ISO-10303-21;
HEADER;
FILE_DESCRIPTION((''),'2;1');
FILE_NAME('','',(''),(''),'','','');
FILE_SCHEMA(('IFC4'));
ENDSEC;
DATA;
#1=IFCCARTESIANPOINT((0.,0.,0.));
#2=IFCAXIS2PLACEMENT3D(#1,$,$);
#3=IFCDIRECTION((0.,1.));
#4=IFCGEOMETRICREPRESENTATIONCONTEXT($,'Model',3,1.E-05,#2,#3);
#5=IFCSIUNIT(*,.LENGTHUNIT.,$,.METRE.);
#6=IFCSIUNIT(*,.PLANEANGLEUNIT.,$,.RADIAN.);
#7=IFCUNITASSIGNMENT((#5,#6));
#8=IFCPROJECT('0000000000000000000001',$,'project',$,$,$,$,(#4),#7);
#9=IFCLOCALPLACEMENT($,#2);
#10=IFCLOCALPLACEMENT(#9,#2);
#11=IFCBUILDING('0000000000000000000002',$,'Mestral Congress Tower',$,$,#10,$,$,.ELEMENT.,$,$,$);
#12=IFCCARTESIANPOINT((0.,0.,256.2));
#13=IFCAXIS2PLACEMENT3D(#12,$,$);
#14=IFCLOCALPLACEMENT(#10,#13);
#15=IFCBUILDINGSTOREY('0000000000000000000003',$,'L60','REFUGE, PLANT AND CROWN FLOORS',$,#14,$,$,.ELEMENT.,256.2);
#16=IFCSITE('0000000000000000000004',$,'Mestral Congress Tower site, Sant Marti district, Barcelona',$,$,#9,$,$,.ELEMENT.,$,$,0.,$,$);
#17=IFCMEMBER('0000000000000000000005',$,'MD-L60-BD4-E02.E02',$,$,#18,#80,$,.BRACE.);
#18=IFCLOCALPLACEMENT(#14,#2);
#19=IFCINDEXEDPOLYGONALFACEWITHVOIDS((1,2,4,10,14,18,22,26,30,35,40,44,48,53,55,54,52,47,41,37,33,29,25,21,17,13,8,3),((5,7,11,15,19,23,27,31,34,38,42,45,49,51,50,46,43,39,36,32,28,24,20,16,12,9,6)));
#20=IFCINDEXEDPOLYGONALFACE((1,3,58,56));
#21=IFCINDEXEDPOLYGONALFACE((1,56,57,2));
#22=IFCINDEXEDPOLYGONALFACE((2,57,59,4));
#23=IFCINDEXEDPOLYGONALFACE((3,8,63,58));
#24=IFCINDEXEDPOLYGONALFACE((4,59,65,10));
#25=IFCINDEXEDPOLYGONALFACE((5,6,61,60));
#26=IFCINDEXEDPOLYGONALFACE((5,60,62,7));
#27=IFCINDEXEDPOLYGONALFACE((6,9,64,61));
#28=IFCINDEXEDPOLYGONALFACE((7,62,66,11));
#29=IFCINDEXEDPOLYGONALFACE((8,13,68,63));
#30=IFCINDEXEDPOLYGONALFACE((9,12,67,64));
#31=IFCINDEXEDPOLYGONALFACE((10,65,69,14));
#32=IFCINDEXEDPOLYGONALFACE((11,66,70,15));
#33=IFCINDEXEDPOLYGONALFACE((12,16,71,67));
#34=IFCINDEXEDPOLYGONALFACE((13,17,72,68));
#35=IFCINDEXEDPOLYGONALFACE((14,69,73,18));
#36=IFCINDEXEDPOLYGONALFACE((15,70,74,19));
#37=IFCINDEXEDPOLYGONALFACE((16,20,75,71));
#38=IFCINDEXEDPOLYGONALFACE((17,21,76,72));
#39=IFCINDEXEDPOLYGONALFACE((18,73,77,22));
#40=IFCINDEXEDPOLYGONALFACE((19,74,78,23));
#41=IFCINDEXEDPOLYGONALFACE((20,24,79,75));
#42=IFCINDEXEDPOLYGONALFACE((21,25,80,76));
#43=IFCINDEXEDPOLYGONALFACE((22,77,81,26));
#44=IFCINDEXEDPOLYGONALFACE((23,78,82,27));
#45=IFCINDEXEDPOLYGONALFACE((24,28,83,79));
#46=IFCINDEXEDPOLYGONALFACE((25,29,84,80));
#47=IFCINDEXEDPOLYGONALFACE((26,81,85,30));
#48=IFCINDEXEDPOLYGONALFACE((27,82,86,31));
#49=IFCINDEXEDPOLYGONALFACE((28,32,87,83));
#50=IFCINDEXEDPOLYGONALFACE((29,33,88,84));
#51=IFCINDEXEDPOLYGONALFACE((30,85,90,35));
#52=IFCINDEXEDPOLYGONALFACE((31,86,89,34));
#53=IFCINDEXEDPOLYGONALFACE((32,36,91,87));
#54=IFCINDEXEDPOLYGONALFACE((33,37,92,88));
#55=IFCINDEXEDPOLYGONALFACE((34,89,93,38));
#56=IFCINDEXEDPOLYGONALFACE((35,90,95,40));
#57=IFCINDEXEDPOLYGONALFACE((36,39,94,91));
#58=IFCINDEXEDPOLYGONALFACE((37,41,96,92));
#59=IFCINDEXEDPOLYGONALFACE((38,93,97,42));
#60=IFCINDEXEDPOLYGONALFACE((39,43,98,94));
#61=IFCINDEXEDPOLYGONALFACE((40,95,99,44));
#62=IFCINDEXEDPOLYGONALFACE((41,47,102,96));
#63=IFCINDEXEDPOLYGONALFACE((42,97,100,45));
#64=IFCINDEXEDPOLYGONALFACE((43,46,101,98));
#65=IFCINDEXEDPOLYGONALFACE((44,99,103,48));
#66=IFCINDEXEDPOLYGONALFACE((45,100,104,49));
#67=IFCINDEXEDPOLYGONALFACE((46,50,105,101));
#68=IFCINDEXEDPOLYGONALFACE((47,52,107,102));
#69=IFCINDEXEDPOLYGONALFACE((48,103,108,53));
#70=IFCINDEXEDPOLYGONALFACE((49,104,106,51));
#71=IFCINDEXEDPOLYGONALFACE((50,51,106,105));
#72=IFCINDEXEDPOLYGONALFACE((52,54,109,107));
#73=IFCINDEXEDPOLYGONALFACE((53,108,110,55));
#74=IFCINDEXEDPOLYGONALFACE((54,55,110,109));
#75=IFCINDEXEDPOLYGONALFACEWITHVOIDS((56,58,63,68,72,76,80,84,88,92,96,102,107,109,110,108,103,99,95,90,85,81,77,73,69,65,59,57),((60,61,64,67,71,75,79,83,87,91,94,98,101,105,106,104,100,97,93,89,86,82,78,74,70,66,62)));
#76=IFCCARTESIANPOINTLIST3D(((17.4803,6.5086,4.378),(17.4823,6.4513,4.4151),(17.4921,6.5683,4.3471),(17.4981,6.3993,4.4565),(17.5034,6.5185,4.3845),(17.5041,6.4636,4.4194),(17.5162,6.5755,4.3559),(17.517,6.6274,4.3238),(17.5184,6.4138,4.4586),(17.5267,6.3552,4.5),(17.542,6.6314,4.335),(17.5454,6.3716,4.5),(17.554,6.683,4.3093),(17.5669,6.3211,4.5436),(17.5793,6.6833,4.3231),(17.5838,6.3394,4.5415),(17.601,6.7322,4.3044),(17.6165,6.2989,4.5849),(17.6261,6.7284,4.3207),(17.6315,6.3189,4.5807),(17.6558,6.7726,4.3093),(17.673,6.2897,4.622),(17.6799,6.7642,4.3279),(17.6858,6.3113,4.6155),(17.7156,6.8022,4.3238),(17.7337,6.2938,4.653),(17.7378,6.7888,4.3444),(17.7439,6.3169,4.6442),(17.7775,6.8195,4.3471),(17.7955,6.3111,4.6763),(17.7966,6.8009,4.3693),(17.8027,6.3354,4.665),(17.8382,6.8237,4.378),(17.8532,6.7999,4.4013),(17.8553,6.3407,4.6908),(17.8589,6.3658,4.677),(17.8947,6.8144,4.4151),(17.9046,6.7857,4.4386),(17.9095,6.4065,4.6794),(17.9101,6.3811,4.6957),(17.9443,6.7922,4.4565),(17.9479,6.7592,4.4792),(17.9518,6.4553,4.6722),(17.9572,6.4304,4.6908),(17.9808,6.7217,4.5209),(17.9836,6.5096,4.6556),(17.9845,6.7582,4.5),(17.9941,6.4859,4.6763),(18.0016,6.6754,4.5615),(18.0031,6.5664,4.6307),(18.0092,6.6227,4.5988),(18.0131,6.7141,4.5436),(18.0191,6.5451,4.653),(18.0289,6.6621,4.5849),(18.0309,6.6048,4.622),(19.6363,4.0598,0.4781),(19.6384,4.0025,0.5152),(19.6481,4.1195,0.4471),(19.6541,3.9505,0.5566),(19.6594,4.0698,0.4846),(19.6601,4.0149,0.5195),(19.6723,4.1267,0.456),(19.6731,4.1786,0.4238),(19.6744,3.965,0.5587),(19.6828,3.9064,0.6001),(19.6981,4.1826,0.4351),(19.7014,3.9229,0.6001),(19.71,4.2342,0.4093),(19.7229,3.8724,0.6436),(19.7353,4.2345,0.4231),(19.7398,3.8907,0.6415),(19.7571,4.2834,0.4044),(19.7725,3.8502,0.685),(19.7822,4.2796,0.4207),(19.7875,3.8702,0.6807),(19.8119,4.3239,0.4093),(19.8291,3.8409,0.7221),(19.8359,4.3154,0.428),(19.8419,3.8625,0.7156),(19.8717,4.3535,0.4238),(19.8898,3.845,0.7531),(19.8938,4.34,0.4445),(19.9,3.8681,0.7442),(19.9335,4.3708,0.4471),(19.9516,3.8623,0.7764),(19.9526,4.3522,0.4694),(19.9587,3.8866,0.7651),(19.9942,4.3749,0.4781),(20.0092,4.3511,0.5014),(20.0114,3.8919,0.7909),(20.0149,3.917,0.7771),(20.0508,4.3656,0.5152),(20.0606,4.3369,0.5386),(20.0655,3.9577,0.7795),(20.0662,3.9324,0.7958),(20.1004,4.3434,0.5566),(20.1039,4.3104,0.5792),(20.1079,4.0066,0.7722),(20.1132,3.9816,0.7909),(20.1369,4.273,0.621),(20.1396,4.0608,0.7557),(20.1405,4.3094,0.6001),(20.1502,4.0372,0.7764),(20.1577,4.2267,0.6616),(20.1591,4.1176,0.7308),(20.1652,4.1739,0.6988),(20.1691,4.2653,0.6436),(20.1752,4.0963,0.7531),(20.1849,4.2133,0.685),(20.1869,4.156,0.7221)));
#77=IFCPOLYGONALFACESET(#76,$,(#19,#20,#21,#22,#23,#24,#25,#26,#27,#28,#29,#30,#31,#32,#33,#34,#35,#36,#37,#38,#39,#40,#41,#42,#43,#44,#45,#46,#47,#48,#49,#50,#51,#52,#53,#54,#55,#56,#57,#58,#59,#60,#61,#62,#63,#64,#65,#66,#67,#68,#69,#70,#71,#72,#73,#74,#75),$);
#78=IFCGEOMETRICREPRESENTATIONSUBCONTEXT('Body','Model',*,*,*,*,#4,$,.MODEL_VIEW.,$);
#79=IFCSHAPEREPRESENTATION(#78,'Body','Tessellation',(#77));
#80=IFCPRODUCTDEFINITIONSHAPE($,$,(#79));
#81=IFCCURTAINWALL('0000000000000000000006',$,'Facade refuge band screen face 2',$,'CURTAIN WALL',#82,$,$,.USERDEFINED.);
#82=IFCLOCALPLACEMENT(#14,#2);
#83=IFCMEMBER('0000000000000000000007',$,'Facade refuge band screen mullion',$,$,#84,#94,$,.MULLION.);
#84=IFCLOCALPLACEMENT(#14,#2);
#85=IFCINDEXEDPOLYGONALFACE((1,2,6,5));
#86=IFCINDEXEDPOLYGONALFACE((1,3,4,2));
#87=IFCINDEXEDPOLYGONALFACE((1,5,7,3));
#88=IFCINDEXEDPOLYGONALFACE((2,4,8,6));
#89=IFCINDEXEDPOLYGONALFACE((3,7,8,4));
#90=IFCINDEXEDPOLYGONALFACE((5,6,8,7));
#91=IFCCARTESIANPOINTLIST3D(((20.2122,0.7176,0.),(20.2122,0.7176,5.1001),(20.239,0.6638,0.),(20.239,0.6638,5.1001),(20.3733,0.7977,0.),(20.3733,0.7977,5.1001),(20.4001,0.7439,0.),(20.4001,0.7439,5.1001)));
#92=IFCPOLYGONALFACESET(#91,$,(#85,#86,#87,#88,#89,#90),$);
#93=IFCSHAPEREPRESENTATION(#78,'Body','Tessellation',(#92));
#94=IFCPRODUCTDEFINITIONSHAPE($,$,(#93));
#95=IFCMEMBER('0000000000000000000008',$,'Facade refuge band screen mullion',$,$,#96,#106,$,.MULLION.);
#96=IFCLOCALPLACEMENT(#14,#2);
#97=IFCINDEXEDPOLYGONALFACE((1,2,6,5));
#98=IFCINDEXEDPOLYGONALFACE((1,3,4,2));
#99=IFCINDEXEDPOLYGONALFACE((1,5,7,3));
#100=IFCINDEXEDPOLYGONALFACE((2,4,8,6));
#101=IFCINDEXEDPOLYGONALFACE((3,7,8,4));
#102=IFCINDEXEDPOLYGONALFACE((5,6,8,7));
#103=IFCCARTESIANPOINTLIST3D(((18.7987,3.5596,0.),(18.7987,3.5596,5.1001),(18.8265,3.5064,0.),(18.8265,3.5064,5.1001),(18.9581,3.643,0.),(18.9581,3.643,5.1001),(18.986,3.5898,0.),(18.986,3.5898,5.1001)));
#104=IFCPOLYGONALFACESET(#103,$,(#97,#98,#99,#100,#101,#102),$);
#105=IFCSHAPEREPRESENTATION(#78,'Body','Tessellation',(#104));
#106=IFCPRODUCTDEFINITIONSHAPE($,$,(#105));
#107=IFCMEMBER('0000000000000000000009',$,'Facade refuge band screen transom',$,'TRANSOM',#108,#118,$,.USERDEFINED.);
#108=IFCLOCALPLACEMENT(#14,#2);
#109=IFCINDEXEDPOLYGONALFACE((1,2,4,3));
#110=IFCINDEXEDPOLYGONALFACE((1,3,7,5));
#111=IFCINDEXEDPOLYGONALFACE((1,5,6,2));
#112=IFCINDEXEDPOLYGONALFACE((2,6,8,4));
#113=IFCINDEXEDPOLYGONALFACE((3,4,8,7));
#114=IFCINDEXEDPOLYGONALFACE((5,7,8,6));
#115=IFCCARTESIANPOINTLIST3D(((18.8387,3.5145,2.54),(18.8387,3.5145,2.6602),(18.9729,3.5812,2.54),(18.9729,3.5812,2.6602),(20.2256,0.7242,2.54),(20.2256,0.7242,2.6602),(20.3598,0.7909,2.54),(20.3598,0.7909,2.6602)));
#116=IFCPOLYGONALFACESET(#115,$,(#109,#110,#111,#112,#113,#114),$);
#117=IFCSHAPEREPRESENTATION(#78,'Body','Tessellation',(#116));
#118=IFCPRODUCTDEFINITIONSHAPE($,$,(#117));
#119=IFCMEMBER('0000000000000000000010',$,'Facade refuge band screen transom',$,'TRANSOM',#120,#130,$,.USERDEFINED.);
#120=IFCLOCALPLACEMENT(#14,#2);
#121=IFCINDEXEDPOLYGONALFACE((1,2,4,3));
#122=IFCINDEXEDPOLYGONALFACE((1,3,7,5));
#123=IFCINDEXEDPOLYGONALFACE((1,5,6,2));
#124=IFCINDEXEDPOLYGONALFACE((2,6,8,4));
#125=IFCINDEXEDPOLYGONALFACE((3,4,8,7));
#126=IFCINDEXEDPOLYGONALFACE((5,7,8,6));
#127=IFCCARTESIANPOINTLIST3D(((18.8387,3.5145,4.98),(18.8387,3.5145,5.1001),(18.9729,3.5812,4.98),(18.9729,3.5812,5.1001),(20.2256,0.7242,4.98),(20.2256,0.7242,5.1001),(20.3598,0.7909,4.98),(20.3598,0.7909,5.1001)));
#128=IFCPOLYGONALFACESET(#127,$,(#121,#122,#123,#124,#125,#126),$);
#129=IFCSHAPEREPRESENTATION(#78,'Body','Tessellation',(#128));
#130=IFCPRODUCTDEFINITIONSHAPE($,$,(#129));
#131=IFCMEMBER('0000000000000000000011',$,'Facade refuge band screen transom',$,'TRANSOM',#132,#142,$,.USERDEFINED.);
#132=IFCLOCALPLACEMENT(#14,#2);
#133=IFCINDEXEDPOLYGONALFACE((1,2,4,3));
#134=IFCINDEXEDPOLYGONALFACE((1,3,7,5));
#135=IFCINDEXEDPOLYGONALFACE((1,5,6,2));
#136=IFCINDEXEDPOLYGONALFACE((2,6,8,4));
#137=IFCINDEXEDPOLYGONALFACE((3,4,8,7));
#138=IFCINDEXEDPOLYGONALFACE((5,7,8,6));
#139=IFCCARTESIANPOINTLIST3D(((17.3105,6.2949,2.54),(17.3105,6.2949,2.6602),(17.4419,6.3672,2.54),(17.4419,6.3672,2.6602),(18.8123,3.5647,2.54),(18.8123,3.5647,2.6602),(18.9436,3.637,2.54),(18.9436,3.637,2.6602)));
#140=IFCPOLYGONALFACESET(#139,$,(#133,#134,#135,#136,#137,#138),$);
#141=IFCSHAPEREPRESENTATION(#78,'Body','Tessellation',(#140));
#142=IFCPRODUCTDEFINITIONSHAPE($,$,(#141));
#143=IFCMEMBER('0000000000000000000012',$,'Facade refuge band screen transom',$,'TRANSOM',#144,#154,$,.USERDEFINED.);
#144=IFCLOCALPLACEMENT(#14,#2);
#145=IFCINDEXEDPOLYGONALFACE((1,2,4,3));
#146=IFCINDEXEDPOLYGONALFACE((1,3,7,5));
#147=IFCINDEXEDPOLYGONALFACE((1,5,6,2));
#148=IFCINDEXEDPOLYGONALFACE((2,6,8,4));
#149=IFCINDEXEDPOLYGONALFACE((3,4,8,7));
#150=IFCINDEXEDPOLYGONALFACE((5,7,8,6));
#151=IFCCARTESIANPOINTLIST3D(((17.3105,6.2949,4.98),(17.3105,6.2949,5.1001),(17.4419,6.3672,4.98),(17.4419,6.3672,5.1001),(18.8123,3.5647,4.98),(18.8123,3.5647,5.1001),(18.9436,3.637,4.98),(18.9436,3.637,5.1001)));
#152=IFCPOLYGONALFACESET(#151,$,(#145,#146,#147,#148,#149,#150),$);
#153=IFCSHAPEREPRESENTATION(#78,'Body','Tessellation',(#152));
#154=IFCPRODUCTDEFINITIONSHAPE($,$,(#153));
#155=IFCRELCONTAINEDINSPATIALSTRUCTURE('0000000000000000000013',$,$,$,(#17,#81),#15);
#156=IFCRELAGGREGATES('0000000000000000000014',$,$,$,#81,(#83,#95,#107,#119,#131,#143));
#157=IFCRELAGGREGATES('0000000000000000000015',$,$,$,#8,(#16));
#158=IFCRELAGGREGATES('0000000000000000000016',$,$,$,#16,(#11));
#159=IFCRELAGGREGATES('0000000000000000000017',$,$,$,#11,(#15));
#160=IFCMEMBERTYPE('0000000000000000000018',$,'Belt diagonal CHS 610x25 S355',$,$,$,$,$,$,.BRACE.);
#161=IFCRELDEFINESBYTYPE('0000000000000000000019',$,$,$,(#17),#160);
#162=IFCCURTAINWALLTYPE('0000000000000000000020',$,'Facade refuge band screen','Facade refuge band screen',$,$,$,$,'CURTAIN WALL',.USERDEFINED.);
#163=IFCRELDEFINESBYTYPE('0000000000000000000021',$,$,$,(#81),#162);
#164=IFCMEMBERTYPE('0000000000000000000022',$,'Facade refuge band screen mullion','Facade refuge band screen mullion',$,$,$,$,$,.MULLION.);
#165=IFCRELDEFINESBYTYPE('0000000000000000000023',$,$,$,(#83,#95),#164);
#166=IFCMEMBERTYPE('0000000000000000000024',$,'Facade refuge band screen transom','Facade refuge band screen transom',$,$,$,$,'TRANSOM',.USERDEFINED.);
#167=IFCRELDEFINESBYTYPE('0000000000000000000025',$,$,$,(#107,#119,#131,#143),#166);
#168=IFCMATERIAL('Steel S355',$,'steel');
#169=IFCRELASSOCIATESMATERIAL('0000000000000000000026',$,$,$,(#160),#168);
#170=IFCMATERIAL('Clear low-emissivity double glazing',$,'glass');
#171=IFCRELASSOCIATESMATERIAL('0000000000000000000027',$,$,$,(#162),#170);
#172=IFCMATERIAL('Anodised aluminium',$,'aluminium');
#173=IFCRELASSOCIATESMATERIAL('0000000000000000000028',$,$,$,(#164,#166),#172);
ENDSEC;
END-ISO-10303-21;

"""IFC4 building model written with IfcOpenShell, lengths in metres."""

from ifc_helpers import new_model, si_unit, direction, frame, origin, origin_2d, place, context, subcontext, project, spatial, rectangle, hollow_circle, extrude, material, material_profile, profile_set, type_object, element, aggregate, save


model = new_model("IFC4")

# Units and contexts
model_context = context("Model", 3, precision=1e-05, world=origin(), true_north=direction((0.0, 1.0)))
body_context = subcontext(model_context, "Body", "Model", "MODEL_VIEW")
ifc_project = project(units=[si_unit("LENGTHUNIT", "METRE"), si_unit("PLANEANGLEUNIT", "RADIAN")], contexts=[model_context])

# Site, building, storey
site_placement = place(None, origin())
site = spatial("IfcSite", under=ifc_project, at=site_placement, Name="Mestral Congress Tower site, Sant Marti district, Barcelona", CompositionType="ELEMENT", RefElevation=0.0)
building_placement = place(site_placement, origin())
building = spatial("IfcBuilding", under=site, at=building_placement, Name="Mestral Congress Tower", CompositionType="ELEMENT")
storey_placement = place(building_placement, frame((0.0, 0.0, 256.2)))
storey = spatial("IfcBuildingStorey", under=building, at=storey_placement, Name="L60", Description="REFUGE, PLANT AND CROWN FLOORS", CompositionType="ELEMENT", Elevation=256.2)

# Member
ifc_material_1 = material(Name="Steel S355", Category="steel")
ifc_material_profile_1 = material_profile(ifc_material_1, hollow_circle(Radius=0.3049, WallThickness=0.0249, at=origin_2d()), Name="CHS 610x25")
ifc_profile_set_1 = profile_set([ifc_material_profile_1], Name="Steel S355")
member_type_1 = type_object("IfcMemberType", Name="Belt diagonal CHS 610x25 S355", PredefinedType="BRACE", material=ifc_profile_set_1)
member_1_placement = place(storey_placement, frame((19.9116, 4.1079, 0.6001), z_axis=(-0.424021, 0.481591, 0.766992), x_axis=(-0.750543, -0.660822, 0.0)))
element("IfcMember", 1, at=member_1_placement, inside=storey, type_object=member_type_1, Name="MD-L60-BD4-E02.E02", PredefinedType="BRACE", context=body_context, shape_type="SweptSolid", body=[
    extrude(hollow_circle(Radius=0.3049, WallThickness=0.0249, at=origin_2d()), origin(), (0.0, 0.0, 1.0), 5.0847),
])

# Curtain wall, members
ifc_material_2 = material(Name="Clear low-emissivity double glazing", Category="glass")
curtain_wall_type = type_object("IfcCurtainWallType", Name="Facade refuge band screen", Description="Facade refuge band screen", ElementType="CURTAIN WALL", PredefinedType="USERDEFINED", material=ifc_material_2)
curtain_wall_placement = place(storey_placement, origin())
curtain_wall = element("IfcCurtainWall", 2, at=curtain_wall_placement, inside=storey, type_object=curtain_wall_type, Name="Facade refuge band screen face 2", ObjectType="CURTAIN WALL", PredefinedType="USERDEFINED")
ifc_material_3 = material(Name="Anodised aluminium", Category="aluminium")
ifc_material_profile_2 = material_profile(ifc_material_3, rectangle(XDim=0.1799, YDim=0.0601, at=origin_2d()), Name="CW3 mullion 180 x 60")
ifc_profile_set_2 = profile_set([ifc_material_profile_2], Name="Anodised aluminium")
member_type_2 = type_object("IfcMemberType", Name="Facade refuge band screen mullion", Description="Facade refuge band screen mullion", PredefinedType="MULLION", material=ifc_profile_set_2)
member_2_placement = place(storey_placement, frame((20.3062, 0.7307, 0.0), z_axis=(0.0, 0.0, 1.0), x_axis=(0.895456, 0.445149, 0.0)))
member_2 = element("IfcMember", 3, at=member_2_placement, type_object=member_type_2, Name="Facade refuge band screen mullion", PredefinedType="MULLION", context=body_context, shape_type="SweptSolid", body=[
    extrude(rectangle(XDim=0.1799, YDim=0.0601, at=origin_2d()), origin(), (0.0, 0.0, 1.0), 5.1001),
])
member_3_placement = place(storey_placement, frame((18.8923, 3.5747, 0.0), z_axis=(0.0, 0.0, 1.0), x_axis=(0.886026, 0.463636, 0.0)))
member_3 = element("IfcMember", 4, at=member_3_placement, type_object=member_type_2, Name="Facade refuge band screen mullion", PredefinedType="MULLION", context=body_context, shape_type="SweptSolid", body=[
    extrude(rectangle(XDim=0.1799, YDim=0.0601, at=origin_2d()), origin(), (0.0, 0.0, 1.0), 5.1001),
])
ifc_material_profile_3 = material_profile(ifc_material_3, rectangle(XDim=0.1499, YDim=0.1201, at=origin_2d()), Name="CW3 transom 150 x 120")
ifc_profile_set_3 = profile_set([ifc_material_profile_3], Name="Anodised aluminium")
member_type_3 = type_object("IfcMemberType", Name="Facade refuge band screen transom", Description="Facade refuge band screen transom", ElementType="TRANSOM", PredefinedType="USERDEFINED", material=ifc_profile_set_3)
member_4_placement = place(storey_placement, frame((20.2927, 0.7576, 2.6001), z_axis=(-0.445113, 0.895475, 0.0), x_axis=(-0.895475, -0.445113, 0.0)))
member_4 = element("IfcMember", 5, at=member_4_placement, type_object=member_type_3, Name="Facade refuge band screen transom", ObjectType="TRANSOM", PredefinedType="USERDEFINED", context=body_context, shape_type="SweptSolid", body=[
    extrude(rectangle(XDim=0.1499, YDim=0.1201, at=origin_2d()), origin(), (0.0, 0.0, 1.0), 3.116),
])
member_5_placement = place(storey_placement, frame((20.2927, 0.7576, 5.04), z_axis=(-0.445113, 0.895475, 0.0), x_axis=(-0.895475, -0.445113, 0.0)))
member_5 = element("IfcMember", 6, at=member_5_placement, type_object=member_type_3, Name="Facade refuge band screen transom", ObjectType="TRANSOM", PredefinedType="USERDEFINED", context=body_context, shape_type="SweptSolid", body=[
    extrude(rectangle(XDim=0.1499, YDim=0.1201, at=origin_2d()), origin(), (0.0, 0.0, 1.0), 3.116),
])
member_6_placement = place(storey_placement, frame((18.8779, 3.6008, 2.6001), z_axis=(-0.48194, 0.876204, 0.0), x_axis=(-0.876204, -0.48194, 0.0)))
member_6 = element("IfcMember", 7, at=member_6_placement, type_object=member_type_3, Name="Facade refuge band screen transom", ObjectType="TRANSOM", PredefinedType="USERDEFINED", context=body_context, shape_type="SweptSolid", body=[
    extrude(rectangle(XDim=0.1499, YDim=0.1201, at=origin_2d()), origin(), (0.0, 0.0, 1.0), 3.116),
])
member_7_placement = place(storey_placement, frame((18.8779, 3.6008, 5.04), z_axis=(-0.48194, 0.876204, 0.0), x_axis=(-0.876204, -0.48194, 0.0)))
member_7 = element("IfcMember", 8, at=member_7_placement, type_object=member_type_3, Name="Facade refuge band screen transom", ObjectType="TRANSOM", PredefinedType="USERDEFINED", context=body_context, shape_type="SweptSolid", body=[
    extrude(rectangle(XDim=0.1499, YDim=0.1201, at=origin_2d()), origin(), (0.0, 0.0, 1.0), 3.116),
])

aggregate(curtain_wall, [member_2, member_3, member_4, member_5, member_6, member_7])

save(model, "model.ifc")
